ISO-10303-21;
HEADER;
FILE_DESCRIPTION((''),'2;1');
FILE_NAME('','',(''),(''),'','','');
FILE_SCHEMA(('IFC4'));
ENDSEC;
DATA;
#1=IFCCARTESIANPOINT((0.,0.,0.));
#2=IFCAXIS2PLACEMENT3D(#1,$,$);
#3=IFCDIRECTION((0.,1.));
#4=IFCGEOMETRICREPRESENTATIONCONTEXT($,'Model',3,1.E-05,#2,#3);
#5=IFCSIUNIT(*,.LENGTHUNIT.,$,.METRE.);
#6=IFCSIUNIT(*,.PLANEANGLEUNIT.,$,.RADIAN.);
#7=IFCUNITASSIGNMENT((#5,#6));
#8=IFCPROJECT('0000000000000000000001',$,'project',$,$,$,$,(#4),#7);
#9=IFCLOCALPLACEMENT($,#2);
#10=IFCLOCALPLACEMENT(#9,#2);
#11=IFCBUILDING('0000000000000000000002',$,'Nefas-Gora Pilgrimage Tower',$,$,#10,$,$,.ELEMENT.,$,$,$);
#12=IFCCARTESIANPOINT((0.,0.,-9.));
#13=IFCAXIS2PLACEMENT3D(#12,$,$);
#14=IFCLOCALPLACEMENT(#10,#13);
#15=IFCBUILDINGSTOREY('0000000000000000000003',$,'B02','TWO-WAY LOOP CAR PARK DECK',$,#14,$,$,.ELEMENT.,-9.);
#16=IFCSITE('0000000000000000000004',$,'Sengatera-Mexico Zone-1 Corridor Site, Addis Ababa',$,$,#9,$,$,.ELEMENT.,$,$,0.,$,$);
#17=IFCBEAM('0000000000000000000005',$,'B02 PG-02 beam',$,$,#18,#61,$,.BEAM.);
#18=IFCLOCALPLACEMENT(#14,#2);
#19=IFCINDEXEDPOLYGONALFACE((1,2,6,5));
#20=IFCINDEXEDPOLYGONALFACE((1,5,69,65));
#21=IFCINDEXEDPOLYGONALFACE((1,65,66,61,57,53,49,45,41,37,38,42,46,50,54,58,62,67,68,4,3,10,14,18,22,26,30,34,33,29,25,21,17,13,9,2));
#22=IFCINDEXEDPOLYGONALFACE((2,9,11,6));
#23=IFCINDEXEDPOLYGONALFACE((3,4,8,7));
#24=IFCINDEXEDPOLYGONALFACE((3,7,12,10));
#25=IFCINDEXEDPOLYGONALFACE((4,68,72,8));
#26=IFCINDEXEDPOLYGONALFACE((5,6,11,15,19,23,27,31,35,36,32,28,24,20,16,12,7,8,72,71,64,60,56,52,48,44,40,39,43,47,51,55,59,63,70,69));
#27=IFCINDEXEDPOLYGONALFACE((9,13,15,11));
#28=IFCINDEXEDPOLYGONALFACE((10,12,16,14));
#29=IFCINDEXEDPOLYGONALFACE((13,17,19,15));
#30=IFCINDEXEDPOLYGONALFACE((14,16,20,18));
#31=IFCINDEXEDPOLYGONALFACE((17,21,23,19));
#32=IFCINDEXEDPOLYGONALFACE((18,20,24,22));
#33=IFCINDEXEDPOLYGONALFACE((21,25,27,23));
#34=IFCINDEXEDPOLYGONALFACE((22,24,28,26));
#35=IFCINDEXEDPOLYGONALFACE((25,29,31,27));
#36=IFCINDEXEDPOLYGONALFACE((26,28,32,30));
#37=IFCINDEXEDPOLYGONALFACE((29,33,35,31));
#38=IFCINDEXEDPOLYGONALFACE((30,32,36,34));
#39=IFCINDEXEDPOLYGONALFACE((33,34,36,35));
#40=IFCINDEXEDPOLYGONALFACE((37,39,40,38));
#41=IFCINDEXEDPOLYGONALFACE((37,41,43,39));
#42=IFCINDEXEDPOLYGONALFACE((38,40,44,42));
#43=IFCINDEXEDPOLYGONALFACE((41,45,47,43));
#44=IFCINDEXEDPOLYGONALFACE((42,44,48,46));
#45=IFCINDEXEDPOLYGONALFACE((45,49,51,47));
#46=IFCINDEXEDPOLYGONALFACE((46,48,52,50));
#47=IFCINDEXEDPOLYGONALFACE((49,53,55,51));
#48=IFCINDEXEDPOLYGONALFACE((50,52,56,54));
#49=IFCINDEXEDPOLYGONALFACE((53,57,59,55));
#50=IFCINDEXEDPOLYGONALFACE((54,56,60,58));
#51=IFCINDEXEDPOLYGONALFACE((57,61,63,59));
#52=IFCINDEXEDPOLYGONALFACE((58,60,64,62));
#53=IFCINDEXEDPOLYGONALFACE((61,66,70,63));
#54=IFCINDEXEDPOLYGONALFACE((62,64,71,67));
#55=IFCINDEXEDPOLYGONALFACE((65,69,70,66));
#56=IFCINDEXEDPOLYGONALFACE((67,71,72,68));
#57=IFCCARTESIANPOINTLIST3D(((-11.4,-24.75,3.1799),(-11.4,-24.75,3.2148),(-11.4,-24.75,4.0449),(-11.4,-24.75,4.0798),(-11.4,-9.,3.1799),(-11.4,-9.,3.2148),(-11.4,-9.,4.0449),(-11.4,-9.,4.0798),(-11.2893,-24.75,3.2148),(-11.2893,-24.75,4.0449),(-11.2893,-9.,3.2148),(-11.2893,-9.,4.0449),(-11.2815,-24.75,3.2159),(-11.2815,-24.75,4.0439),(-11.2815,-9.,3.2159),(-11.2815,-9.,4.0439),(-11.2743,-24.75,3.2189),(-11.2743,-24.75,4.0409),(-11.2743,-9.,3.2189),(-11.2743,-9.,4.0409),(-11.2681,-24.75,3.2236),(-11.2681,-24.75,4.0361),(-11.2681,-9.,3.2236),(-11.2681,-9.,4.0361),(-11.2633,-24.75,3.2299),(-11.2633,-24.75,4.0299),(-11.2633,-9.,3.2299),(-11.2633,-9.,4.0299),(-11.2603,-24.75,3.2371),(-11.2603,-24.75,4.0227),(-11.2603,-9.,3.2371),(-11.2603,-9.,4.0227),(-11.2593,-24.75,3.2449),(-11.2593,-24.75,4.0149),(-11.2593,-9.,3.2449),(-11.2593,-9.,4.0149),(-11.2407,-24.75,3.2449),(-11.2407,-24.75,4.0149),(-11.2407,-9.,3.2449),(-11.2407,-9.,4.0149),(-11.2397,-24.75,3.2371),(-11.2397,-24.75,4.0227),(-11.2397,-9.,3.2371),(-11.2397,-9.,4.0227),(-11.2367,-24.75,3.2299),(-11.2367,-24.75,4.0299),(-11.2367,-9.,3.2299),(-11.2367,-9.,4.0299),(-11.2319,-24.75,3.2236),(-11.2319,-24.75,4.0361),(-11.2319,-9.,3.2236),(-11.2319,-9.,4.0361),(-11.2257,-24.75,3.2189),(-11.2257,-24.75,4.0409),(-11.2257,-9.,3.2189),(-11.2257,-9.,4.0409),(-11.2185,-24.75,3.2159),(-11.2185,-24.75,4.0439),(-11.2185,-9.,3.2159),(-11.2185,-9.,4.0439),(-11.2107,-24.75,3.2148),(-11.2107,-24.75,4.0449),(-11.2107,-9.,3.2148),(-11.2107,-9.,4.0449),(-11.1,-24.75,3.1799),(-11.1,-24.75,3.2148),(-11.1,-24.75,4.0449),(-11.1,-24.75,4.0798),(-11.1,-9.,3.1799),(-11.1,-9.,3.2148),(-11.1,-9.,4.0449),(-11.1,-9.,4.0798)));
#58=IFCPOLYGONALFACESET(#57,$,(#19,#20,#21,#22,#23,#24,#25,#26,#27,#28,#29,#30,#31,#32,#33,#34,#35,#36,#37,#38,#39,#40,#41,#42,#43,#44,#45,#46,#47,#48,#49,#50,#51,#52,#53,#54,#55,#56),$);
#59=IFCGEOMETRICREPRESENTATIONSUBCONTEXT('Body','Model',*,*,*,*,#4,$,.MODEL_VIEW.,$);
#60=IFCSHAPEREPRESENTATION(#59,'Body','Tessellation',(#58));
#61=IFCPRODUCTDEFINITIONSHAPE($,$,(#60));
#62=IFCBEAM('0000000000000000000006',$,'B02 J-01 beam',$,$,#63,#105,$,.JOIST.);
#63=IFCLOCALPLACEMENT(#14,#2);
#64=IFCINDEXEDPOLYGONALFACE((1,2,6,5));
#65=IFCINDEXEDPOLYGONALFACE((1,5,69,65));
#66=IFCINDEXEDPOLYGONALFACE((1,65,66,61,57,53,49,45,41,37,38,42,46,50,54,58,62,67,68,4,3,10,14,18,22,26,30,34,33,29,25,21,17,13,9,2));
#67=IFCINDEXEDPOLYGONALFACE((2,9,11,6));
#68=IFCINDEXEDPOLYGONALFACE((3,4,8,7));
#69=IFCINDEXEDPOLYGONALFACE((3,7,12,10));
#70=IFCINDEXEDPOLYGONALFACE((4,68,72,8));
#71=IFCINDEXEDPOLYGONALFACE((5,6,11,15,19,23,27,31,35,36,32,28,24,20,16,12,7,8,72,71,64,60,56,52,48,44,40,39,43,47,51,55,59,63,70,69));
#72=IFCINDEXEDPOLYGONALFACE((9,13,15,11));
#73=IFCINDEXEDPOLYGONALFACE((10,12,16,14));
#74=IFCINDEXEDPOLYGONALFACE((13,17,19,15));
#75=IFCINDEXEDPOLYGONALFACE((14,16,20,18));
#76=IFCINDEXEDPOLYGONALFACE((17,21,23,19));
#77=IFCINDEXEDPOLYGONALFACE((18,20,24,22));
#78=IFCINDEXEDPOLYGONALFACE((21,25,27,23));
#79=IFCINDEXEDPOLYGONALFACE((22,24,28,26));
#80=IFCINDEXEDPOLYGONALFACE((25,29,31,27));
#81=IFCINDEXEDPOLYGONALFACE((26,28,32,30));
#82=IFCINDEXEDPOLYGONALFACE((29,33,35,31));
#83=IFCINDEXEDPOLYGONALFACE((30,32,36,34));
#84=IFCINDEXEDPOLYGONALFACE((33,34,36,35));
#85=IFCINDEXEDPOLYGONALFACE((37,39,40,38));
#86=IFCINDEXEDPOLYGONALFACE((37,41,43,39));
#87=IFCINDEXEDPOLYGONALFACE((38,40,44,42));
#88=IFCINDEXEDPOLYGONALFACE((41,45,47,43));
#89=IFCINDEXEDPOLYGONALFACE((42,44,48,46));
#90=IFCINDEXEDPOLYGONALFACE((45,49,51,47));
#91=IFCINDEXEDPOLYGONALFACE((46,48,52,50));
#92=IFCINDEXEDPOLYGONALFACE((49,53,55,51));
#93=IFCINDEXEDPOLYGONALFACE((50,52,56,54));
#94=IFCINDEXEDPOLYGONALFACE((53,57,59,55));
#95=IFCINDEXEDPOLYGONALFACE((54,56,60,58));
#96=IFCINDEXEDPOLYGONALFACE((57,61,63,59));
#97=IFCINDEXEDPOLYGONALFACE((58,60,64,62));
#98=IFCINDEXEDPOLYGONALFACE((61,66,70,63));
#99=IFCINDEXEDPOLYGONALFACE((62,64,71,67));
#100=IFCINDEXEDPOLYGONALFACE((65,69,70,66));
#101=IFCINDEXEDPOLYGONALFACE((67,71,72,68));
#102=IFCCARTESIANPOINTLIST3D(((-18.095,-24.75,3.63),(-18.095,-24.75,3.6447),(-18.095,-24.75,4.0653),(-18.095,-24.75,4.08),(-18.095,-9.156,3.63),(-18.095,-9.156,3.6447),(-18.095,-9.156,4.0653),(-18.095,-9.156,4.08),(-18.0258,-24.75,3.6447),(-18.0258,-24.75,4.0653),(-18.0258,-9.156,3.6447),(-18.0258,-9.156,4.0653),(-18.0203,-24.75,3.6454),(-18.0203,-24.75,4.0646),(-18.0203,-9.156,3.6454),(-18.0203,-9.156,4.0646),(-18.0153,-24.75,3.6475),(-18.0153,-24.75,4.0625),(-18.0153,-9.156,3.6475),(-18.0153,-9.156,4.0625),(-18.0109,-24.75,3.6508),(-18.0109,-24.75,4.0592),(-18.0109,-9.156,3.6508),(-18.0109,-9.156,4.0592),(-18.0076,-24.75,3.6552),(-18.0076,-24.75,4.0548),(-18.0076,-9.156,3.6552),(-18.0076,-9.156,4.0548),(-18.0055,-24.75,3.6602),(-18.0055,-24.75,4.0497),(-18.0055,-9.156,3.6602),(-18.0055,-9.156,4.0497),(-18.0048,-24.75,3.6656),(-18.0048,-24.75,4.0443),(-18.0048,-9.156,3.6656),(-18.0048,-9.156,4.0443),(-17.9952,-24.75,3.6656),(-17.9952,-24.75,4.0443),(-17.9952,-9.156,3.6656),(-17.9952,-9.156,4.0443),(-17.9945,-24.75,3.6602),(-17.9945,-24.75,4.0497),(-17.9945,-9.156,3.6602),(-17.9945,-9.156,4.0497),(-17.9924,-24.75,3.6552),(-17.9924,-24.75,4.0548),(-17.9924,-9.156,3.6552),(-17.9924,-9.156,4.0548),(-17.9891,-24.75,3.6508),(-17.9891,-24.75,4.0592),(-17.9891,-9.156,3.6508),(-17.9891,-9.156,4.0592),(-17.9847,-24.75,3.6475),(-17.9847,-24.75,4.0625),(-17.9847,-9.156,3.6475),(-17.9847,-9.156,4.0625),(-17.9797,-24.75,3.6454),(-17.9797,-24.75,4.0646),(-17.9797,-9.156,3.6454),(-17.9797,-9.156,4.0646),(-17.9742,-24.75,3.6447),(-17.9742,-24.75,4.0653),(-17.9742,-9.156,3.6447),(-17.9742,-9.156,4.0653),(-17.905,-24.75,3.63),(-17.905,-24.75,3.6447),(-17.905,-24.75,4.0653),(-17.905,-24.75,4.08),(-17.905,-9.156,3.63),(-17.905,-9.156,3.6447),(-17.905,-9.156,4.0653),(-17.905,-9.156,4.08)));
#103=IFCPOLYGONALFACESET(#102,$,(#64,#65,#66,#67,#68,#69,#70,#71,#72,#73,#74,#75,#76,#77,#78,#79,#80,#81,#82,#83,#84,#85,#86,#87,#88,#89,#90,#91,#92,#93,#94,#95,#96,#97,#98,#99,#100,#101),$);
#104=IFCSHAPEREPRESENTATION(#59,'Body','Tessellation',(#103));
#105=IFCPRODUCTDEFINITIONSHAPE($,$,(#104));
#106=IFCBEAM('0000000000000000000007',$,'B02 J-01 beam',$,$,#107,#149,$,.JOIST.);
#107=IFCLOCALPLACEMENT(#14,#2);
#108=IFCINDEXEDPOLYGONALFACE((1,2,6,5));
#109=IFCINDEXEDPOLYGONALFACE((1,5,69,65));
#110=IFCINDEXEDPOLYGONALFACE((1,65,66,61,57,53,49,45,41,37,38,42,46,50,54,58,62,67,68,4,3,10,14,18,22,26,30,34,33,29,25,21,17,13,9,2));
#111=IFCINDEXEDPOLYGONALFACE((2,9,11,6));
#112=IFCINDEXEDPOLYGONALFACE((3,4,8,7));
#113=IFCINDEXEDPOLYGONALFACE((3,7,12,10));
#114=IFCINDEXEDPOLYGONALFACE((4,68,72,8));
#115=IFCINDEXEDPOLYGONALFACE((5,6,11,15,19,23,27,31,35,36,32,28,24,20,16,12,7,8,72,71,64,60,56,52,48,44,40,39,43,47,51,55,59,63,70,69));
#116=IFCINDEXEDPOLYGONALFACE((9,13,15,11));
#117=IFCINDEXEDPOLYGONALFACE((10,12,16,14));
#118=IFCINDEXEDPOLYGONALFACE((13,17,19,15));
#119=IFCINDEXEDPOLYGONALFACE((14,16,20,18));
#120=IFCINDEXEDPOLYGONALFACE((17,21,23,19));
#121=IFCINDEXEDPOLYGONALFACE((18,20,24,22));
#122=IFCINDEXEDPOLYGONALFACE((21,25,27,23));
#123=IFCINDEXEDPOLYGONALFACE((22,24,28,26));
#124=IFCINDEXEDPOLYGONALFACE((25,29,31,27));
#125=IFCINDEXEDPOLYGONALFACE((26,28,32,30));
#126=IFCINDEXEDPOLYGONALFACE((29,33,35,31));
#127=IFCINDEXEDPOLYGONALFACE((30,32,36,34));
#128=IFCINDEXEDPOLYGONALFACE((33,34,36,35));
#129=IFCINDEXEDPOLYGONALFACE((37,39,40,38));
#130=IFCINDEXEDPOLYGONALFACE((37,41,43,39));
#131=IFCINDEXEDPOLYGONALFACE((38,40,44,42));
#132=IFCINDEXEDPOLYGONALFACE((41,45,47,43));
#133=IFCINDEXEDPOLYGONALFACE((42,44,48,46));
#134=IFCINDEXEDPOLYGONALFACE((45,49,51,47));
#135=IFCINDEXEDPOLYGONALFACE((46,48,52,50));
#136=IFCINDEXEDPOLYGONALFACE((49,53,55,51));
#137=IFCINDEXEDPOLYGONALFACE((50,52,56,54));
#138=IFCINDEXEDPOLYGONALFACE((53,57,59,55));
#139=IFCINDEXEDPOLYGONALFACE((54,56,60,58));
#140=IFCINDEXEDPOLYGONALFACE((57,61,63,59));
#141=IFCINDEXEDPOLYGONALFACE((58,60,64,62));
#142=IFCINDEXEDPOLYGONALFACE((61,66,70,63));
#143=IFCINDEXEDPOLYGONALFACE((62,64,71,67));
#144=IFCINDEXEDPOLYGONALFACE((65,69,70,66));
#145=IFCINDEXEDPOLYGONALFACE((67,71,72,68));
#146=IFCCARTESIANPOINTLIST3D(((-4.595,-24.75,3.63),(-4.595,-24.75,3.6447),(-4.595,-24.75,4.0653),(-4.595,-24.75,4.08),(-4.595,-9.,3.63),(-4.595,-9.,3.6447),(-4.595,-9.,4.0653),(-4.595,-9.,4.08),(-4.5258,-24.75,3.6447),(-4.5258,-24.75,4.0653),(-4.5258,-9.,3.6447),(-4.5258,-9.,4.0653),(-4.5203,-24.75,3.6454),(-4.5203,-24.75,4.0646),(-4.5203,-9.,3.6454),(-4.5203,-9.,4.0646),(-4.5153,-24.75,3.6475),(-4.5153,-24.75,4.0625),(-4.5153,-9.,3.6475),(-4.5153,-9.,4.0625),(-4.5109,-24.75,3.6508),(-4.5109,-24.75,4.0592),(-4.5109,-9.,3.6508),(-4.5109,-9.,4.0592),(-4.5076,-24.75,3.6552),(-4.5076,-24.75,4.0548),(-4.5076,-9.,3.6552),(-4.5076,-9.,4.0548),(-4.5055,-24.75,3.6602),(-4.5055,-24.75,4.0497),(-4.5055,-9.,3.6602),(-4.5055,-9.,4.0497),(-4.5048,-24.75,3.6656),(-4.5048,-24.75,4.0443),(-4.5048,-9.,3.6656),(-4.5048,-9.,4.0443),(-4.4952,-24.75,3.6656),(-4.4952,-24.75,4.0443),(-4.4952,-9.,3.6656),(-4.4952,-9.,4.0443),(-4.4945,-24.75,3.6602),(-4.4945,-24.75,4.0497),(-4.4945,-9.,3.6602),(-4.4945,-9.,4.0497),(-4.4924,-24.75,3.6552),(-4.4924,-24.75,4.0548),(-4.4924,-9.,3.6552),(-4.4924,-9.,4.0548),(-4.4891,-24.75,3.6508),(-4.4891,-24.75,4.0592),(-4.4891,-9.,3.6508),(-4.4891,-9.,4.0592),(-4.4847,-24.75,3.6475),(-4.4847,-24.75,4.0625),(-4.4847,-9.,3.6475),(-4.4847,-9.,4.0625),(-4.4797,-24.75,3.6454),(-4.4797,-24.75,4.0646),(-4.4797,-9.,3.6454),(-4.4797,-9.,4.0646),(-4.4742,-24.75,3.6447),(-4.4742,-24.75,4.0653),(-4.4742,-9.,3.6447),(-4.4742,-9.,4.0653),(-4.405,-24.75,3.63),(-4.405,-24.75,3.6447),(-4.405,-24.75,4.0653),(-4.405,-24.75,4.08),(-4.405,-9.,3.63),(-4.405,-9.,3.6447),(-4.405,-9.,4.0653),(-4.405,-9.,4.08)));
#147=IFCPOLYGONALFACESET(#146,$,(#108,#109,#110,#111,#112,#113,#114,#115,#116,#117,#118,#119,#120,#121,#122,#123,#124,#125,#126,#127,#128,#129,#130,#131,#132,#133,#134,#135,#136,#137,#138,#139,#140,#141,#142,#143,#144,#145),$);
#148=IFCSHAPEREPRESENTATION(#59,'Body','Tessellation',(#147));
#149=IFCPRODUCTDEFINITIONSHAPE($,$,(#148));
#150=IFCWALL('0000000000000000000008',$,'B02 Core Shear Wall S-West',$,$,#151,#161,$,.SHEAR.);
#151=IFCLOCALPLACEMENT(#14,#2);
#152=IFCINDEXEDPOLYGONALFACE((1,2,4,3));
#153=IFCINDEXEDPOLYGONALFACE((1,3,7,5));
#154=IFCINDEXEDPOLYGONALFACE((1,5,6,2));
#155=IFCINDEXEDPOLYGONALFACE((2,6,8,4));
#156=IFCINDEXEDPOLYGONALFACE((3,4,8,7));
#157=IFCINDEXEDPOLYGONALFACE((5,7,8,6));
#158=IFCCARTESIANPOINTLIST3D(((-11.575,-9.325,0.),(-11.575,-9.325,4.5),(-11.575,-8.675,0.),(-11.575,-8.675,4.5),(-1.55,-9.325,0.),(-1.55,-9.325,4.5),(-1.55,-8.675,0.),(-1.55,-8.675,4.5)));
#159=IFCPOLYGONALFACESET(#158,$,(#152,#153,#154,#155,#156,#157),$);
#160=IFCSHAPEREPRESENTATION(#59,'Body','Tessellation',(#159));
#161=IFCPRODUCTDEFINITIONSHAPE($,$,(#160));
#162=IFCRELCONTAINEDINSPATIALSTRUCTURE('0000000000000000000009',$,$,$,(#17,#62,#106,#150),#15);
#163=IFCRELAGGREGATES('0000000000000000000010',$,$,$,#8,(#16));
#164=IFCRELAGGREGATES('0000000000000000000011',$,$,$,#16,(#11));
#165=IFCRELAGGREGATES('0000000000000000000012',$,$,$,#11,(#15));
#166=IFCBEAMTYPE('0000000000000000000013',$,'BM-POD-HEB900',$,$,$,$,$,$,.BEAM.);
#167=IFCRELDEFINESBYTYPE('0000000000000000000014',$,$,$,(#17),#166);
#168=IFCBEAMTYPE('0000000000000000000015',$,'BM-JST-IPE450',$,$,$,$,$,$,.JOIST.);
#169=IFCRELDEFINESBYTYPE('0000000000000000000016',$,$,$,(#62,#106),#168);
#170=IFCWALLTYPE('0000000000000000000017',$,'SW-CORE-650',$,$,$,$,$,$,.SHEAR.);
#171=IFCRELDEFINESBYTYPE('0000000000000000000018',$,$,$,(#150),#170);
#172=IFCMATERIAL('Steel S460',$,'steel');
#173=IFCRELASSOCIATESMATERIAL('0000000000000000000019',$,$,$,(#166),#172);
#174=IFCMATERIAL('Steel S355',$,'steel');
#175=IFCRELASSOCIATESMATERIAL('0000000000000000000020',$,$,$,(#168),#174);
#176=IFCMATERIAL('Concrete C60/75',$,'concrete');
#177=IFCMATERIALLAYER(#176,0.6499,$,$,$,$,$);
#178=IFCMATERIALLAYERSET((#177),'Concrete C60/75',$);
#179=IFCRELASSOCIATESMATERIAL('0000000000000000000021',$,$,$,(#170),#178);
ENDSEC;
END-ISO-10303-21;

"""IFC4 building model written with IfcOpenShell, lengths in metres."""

from ifc_helpers import new_model, si_unit, direction, frame, frame_2d, origin, origin_2d, place, context, subcontext, project, spatial, rectangle, i_section, extrude, source, transform, mapped, material, layer, layer_set, material_profile, profile_set, type_object, element, save


model = new_model("IFC4")

# Units and contexts
model_context = context("Model", 3, precision=1e-05, world=origin(), true_north=direction((0.0, 1.0)))
body_context = subcontext(model_context, "Body", "Model", "MODEL_VIEW")
ifc_project = project(units=[si_unit("LENGTHUNIT", "METRE"), si_unit("PLANEANGLEUNIT", "RADIAN")], contexts=[model_context])

# Site, building, storey
site_placement = place(None, origin())
site = spatial("IfcSite", under=ifc_project, at=site_placement, Name="Sengatera-Mexico Zone-1 Corridor Site, Addis Ababa", CompositionType="ELEMENT", RefElevation=0.0)
building_placement = place(site_placement, origin())
building = spatial("IfcBuilding", under=site, at=building_placement, Name="Nefas-Gora Pilgrimage Tower", CompositionType="ELEMENT")
storey_placement = place(building_placement, frame((0.0, 0.0, -9.0)))
storey = spatial("IfcBuildingStorey", under=building, at=storey_placement, Name="B02", Description="TWO-WAY LOOP CAR PARK DECK", CompositionType="ELEMENT", Elevation=-9.0)

# Shared definitions
ifc_material_1 = material(Name="Steel S460", Category="steel")
ifc_material_2 = material(Name="Concrete C60/75", Category="concrete")

# Beams
ifc_material_profile_1 = material_profile(ifc_material_1, i_section(OverallWidth=0.3, OverallDepth=0.8999, WebThickness=0.0186, FlangeThickness=0.0349, FilletRadius=0.03, at=origin_2d()), Name="HEB 900")
ifc_profile_set_1 = profile_set([ifc_material_profile_1], Name="Steel S460")
beam_type_1 = type_object("IfcBeamType", Name="BM-POD-HEB900", PredefinedType="BEAM", material=ifc_profile_set_1)
shared_shape_1 = source(origin(), body_context, "Body", "SweptSolid", [
    extrude(i_section(OverallWidth=0.3, OverallDepth=0.8999, WebThickness=0.0186, FlangeThickness=0.0349, FilletRadius=0.03, at=origin_2d()), origin(), (0.0, 0.0, 1.0), 15.75),
])
beam_1_placement = place(storey_placement, frame((-11.25, -24.75, 3.6299), z_axis=(0.0, 1.0, 0.0), x_axis=(-1.0, 0.0, 0.0)))
element("IfcBeam", 1, at=beam_1_placement, inside=storey, type_object=beam_type_1, Name="B02 PG-02 beam", PredefinedType="BEAM", context=body_context, shape_type="MappedRepresentation", body=[
    mapped(shared_shape_1, transform((0.0, 0.0, 0.0), x_axis=(1.0, 0.0, 0.0), y_axis=(0.0, 1.0, 0.0), z_axis=(0.0, 0.0, 1.0), scale=1.0)),
])
ifc_material_3 = material(Name="Steel S355", Category="steel")
ifc_material_profile_2 = material_profile(ifc_material_3, i_section(OverallWidth=0.1899, OverallDepth=0.45, WebThickness=0.0095, FlangeThickness=0.0146, FilletRadius=0.021, at=origin_2d()), Name="IPE 450")
ifc_profile_set_2 = profile_set([ifc_material_profile_2], Name="Steel S355")
beam_type_2 = type_object("IfcBeamType", Name="BM-JST-IPE450", PredefinedType="JOIST", material=ifc_profile_set_2)
shared_shape_2 = source(origin(), body_context, "Body", "SweptSolid", [
    extrude(i_section(OverallWidth=0.1899, OverallDepth=0.45, WebThickness=0.0095, FlangeThickness=0.0146, FilletRadius=0.021, at=origin_2d()), origin(), (0.0, 0.0, 1.0), 15.594),
])
beam_2_placement = place(storey_placement, frame((-18.0, -24.75, 3.855), z_axis=(0.0, 1.0, 0.0), x_axis=(-1.0, 0.0, 0.0)))
element("IfcBeam", 2, at=beam_2_placement, inside=storey, type_object=beam_type_2, Name="B02 J-01 beam", PredefinedType="JOIST", context=body_context, shape_type="MappedRepresentation", body=[
    mapped(shared_shape_2, transform((0.0, 0.0, 0.0), x_axis=(1.0, 0.0, 0.0), y_axis=(0.0, 1.0, 0.0), z_axis=(0.0, 0.0, 1.0), scale=1.0)),
])
shared_shape_3 = source(origin(), body_context, "Body", "SweptSolid", [
    extrude(i_section(OverallWidth=0.1899, OverallDepth=0.45, WebThickness=0.0095, FlangeThickness=0.0146, FilletRadius=0.021, at=origin_2d()), origin(), (0.0, 0.0, 1.0), 15.75),
])
beam_3_placement = place(storey_placement, frame((-4.5, -24.75, 3.855), z_axis=(0.0, 1.0, 0.0), x_axis=(-1.0, 0.0, 0.0)))
element("IfcBeam", 3, at=beam_3_placement, inside=storey, type_object=beam_type_2, Name="B02 J-01 beam", PredefinedType="JOIST", context=body_context, shape_type="MappedRepresentation", body=[
    mapped(shared_shape_3, transform((0.0, 0.0, 0.0), x_axis=(1.0, 0.0, 0.0), y_axis=(0.0, 1.0, 0.0), z_axis=(0.0, 0.0, 1.0), scale=1.0)),
])

# Wall
ifc_layer = layer(ifc_material_2, 0.6499)
ifc_layer_set = layer_set([ifc_layer], Name="Concrete C60/75")
wall_type = type_object("IfcWallType", Name="SW-CORE-650", PredefinedType="SHEAR", material=ifc_layer_set)
shared_shape_4 = source(origin(), body_context, "Body", "SweptSolid", [
    extrude(rectangle(XDim=10.0249, YDim=0.6499, at=frame_2d((5.0125, 0.0))), origin(), (0.0, 0.0, 1.0), 4.5),
])
wall_placement = place(storey_placement, frame((-11.575, -9.0, 0.0), z_axis=(0.0, 0.0, 1.0), x_axis=(1.0, 0.0, 0.0)))
element("IfcWall", 4, at=wall_placement, inside=storey, type_object=wall_type, Name="B02 Core Shear Wall S-West", PredefinedType="SHEAR", context=body_context, shape_type="MappedRepresentation", body=[
    mapped(shared_shape_4, transform((0.0, 0.0, 0.0), x_axis=(1.0, 0.0, 0.0), y_axis=(0.0, 1.0, 0.0), z_axis=(0.0, 0.0, 1.0), scale=1.0)),
])

save(model, "model.ifc")
